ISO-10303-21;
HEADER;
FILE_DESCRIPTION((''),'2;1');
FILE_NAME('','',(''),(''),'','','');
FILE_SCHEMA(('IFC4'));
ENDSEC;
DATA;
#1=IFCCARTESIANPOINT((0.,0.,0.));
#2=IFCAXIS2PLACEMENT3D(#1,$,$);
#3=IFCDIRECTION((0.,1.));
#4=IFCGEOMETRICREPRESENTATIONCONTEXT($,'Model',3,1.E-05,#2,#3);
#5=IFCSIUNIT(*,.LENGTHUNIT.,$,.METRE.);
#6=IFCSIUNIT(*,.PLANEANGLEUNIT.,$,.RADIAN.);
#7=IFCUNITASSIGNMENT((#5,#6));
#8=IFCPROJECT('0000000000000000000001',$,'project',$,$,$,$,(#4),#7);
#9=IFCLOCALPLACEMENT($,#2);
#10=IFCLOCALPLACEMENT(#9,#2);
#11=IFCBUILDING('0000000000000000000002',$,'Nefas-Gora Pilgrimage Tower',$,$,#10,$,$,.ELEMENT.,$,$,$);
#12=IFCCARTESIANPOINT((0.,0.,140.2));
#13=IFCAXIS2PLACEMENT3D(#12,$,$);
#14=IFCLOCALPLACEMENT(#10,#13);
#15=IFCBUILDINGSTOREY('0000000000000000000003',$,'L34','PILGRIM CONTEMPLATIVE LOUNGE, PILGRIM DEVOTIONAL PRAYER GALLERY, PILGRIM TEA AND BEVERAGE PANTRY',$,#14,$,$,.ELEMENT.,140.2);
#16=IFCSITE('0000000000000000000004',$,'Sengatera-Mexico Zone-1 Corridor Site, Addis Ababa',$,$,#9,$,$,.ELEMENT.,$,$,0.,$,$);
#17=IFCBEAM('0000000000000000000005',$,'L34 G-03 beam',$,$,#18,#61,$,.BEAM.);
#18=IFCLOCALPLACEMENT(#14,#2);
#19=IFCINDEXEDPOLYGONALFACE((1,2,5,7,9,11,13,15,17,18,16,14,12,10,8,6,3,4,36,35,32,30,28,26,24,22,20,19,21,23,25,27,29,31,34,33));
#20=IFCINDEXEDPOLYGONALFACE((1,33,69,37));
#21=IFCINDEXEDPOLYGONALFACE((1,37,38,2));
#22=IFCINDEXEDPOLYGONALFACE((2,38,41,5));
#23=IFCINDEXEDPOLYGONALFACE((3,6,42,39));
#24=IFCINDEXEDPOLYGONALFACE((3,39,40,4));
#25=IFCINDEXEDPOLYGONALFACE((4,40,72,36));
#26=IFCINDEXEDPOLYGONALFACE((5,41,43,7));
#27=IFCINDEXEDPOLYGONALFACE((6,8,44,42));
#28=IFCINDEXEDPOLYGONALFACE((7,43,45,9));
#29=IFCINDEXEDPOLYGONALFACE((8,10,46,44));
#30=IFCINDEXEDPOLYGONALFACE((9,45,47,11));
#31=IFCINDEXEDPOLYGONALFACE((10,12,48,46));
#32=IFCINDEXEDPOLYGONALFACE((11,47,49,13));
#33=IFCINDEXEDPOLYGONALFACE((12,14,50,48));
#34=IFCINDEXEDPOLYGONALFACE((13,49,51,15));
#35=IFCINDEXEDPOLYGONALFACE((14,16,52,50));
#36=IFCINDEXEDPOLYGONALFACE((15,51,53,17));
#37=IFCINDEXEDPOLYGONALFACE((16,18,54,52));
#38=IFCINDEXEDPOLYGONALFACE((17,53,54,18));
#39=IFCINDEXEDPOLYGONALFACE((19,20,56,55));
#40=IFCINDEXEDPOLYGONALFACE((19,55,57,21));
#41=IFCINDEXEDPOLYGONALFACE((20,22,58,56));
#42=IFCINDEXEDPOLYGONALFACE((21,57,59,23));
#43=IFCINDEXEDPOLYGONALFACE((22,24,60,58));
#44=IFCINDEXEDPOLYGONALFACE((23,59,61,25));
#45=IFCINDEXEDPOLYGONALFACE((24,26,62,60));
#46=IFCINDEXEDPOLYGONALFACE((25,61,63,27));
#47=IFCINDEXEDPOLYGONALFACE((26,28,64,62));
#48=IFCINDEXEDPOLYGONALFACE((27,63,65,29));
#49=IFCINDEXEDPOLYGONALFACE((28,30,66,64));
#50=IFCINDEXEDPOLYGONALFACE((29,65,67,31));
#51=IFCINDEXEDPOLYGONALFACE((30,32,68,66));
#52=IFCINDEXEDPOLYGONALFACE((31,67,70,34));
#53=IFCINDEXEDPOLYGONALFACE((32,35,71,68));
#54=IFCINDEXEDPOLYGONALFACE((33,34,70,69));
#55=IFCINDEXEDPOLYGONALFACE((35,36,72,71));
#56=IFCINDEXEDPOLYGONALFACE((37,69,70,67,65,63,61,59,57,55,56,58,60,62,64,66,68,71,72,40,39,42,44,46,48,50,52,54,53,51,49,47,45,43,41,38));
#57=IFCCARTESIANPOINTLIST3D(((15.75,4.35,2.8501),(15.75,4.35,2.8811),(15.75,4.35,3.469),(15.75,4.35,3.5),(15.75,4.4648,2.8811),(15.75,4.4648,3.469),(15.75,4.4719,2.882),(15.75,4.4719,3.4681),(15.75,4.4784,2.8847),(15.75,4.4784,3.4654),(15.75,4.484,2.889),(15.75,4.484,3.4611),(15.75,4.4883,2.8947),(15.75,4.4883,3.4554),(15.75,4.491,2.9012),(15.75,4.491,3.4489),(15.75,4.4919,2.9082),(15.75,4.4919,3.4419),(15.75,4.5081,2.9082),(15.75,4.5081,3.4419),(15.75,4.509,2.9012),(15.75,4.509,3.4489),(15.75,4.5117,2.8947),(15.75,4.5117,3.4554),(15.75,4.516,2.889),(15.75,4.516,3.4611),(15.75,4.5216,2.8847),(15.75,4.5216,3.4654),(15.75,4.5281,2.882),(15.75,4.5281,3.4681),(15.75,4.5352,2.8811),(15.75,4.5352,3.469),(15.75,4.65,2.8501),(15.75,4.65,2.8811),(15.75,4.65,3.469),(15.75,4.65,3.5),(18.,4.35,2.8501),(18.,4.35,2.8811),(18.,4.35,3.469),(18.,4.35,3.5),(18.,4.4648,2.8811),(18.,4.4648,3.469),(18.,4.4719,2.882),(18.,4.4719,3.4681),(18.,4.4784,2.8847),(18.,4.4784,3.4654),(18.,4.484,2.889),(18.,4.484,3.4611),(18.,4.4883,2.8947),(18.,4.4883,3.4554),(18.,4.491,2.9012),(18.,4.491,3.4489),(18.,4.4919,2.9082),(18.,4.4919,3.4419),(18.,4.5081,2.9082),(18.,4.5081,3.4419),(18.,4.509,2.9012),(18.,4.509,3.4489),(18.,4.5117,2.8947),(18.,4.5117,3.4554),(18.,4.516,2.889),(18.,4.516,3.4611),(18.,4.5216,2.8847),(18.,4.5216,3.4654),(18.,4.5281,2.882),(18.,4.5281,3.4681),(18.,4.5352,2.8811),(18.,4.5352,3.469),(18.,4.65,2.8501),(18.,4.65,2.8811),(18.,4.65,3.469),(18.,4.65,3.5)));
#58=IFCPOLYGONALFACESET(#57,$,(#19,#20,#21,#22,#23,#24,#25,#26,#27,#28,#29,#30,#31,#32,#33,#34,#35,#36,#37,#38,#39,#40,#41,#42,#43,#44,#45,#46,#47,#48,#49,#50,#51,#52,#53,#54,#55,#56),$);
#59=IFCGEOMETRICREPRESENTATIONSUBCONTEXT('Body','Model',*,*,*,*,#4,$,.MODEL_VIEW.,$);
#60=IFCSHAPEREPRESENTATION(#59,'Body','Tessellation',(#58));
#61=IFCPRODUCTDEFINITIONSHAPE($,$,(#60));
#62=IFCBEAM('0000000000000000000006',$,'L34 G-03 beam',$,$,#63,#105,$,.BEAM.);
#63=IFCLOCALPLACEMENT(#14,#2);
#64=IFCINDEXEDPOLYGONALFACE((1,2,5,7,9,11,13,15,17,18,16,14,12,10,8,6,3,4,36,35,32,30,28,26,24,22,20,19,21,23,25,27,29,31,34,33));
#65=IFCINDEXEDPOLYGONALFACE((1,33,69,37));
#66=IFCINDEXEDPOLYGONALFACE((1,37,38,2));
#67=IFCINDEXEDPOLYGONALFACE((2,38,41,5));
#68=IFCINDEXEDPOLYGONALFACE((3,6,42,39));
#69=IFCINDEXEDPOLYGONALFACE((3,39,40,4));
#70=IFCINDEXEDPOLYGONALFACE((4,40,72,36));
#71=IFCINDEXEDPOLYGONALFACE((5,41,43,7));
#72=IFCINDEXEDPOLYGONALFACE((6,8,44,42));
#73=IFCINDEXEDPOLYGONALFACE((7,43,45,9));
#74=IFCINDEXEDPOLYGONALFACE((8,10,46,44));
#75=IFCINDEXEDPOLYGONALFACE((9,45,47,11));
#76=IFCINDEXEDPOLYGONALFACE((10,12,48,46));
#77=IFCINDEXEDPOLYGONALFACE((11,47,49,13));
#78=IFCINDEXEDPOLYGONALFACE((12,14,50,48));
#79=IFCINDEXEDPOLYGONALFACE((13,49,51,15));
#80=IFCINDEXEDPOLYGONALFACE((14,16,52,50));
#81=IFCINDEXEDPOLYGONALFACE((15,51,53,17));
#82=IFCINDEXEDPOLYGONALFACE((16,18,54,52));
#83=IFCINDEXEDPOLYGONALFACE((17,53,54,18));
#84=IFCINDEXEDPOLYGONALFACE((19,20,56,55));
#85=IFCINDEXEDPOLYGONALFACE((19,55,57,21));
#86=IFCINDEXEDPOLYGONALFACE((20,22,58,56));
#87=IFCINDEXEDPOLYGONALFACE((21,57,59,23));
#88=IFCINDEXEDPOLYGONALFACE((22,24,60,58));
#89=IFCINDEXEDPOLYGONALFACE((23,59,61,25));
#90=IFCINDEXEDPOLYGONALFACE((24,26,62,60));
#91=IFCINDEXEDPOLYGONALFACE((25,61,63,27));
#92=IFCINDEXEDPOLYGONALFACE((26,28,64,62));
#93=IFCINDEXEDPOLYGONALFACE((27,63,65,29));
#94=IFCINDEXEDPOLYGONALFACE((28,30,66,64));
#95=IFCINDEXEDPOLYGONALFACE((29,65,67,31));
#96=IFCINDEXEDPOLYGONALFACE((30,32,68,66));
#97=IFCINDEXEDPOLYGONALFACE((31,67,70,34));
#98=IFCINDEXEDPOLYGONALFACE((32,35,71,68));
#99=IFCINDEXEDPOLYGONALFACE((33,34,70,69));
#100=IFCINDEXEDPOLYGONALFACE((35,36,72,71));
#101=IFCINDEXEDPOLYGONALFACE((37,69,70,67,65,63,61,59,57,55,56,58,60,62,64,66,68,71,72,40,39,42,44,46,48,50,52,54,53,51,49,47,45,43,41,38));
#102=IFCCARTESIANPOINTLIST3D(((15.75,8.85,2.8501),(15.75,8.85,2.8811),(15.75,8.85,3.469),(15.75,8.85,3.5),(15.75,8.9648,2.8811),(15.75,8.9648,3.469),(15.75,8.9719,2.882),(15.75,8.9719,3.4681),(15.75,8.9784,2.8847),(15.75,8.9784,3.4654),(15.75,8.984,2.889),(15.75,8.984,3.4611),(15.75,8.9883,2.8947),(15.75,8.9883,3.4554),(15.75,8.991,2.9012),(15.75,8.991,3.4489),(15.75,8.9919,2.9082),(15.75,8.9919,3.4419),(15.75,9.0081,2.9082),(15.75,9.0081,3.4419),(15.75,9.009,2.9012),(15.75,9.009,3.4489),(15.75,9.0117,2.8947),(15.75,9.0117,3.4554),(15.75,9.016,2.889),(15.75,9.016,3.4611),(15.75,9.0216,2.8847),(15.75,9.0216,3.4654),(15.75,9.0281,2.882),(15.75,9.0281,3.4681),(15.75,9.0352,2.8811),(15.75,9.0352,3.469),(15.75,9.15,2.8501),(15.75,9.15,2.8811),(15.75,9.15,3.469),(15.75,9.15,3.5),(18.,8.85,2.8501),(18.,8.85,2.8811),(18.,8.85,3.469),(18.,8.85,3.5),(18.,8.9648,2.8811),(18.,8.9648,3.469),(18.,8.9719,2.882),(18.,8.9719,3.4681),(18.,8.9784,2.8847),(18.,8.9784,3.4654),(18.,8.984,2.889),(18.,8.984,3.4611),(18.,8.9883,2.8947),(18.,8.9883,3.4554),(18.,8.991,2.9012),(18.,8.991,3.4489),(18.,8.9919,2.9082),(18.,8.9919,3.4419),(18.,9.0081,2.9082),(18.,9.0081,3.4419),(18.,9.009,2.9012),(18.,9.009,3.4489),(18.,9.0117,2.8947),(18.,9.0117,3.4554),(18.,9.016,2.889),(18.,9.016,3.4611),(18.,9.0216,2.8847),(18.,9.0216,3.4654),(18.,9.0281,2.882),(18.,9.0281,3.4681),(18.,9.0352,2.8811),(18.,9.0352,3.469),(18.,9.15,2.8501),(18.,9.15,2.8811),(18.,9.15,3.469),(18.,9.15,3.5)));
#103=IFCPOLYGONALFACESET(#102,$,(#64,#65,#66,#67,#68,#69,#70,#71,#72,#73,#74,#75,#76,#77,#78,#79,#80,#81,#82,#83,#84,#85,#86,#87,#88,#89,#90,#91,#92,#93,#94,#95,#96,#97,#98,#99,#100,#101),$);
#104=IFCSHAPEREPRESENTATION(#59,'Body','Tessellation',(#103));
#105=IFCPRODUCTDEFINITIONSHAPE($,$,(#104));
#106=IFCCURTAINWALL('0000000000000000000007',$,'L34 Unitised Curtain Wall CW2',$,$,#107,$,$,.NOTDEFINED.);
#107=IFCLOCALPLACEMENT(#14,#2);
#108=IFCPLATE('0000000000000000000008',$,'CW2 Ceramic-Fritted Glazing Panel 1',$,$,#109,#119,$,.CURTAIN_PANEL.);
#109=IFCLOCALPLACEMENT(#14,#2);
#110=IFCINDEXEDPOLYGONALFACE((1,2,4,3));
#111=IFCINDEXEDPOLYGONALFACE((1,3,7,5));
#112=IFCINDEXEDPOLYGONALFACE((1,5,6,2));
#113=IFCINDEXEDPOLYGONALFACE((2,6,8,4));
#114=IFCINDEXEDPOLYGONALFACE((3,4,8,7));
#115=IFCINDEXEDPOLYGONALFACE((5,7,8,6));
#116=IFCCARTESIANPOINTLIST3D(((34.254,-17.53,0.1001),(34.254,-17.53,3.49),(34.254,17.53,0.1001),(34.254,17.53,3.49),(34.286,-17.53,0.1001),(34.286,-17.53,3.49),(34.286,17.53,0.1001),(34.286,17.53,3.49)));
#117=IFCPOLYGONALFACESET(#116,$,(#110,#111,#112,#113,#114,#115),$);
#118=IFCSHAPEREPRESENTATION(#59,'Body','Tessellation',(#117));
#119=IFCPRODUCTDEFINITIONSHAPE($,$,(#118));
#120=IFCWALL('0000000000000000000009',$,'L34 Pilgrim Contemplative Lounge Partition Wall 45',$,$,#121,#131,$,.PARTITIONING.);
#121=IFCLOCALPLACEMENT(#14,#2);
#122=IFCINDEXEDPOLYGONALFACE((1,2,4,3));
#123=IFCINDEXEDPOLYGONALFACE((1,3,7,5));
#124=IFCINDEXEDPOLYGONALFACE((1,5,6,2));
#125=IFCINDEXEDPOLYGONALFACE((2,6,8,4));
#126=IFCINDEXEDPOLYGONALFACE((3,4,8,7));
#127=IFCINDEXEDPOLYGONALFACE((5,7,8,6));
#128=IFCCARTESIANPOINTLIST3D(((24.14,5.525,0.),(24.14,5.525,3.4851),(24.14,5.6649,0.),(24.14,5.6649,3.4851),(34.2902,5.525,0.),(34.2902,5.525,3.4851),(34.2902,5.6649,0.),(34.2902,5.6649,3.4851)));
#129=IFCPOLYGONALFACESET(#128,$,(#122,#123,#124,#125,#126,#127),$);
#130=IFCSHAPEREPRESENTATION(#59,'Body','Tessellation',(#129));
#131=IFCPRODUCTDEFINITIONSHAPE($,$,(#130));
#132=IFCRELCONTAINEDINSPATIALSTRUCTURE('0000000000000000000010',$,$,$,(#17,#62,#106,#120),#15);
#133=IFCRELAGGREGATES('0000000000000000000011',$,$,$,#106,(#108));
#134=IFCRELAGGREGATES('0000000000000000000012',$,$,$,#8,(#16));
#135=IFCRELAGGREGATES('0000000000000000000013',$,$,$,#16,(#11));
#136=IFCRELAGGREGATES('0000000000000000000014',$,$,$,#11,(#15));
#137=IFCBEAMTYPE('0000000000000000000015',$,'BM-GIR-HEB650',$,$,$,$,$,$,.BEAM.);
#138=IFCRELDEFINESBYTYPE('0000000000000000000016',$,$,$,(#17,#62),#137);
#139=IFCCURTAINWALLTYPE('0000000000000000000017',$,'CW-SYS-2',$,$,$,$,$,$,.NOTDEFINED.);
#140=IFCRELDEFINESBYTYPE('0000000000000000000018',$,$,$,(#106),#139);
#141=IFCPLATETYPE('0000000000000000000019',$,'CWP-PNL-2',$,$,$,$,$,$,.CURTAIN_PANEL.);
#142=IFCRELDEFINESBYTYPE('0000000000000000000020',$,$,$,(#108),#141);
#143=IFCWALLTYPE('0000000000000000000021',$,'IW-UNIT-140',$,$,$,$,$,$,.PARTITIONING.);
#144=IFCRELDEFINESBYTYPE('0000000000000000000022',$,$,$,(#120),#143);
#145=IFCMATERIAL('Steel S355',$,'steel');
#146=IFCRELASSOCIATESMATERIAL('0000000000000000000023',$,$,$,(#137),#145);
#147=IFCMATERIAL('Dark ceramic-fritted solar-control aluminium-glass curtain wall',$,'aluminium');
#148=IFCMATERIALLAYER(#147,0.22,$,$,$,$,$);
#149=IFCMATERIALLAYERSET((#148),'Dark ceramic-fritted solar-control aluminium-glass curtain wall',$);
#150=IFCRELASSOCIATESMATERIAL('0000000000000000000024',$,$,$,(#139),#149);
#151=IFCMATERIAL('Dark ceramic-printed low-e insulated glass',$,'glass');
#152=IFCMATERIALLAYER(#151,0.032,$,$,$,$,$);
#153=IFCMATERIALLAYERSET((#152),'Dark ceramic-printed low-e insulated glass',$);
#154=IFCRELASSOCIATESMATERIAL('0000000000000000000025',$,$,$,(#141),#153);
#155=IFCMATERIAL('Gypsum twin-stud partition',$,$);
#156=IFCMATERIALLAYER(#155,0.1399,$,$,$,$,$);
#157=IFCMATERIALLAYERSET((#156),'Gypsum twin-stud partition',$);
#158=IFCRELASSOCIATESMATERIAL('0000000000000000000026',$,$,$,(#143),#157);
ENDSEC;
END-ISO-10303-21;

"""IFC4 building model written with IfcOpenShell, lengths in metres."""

from ifc_helpers import new_model, si_unit, direction, frame, frame_2d, origin, origin_2d, place, context, subcontext, project, spatial, rectangle, i_section, extrude, source, transform, mapped, material, layer, layer_set, material_profile, profile_set, type_object, element, aggregate, save


model = new_model("IFC4")

# Units and contexts
model_context = context("Model", 3, precision=1e-05, world=origin(), true_north=direction((0.0, 1.0)))
body_context = subcontext(model_context, "Body", "Model", "MODEL_VIEW")
ifc_project = project(units=[si_unit("LENGTHUNIT", "METRE"), si_unit("PLANEANGLEUNIT", "RADIAN")], contexts=[model_context])

# Site, building, storey
site_placement = place(None, origin())
site = spatial("IfcSite", under=ifc_project, at=site_placement, Name="Sengatera-Mexico Zone-1 Corridor Site, Addis Ababa", CompositionType="ELEMENT", RefElevation=0.0)
building_placement = place(site_placement, origin())
building = spatial("IfcBuilding", under=site, at=building_placement, Name="Nefas-Gora Pilgrimage Tower", CompositionType="ELEMENT")
storey_placement = place(building_placement, frame((0.0, 0.0, 140.2)))
storey = spatial("IfcBuildingStorey", under=building, at=storey_placement, Name="L34", Description="PILGRIM CONTEMPLATIVE LOUNGE, PILGRIM DEVOTIONAL PRAYER GALLERY, PILGRIM TEA AND BEVERAGE PANTRY", CompositionType="ELEMENT", Elevation=140.2)

# Beams
ifc_material_1 = material(Name="Steel S355", Category="steel")
ifc_material_profile_1 = material_profile(ifc_material_1, i_section(OverallWidth=0.3, OverallDepth=0.6499, WebThickness=0.0161, FlangeThickness=0.031, FilletRadius=0.0271, at=origin_2d()), Name="HEB 650")
ifc_profile_set_1 = profile_set([ifc_material_profile_1], Name="Steel S355")
beam_type_1 = type_object("IfcBeamType", Name="BM-GIR-HEB650", PredefinedType="BEAM", material=ifc_profile_set_1)
shared_shape_1 = source(origin(), body_context, "Body", "SweptSolid", [
    extrude(i_section(OverallWidth=0.3, OverallDepth=0.6499, WebThickness=0.0161, FlangeThickness=0.031, FilletRadius=0.0271, at=origin_2d()), origin(), (0.0, 0.0, 1.0), 2.25),
])
for number, where, z_axis, x_axis, name in (
    (1, (15.75, 4.5, 3.175), (1.0, 0.0, 0.0), (0.0, 1.0, 0.0), "L34 G-03 beam"),
    (2, (15.75, 9.0, 3.175), (1.0, 0.0, 0.0), (0.0, 1.0, 0.0), "L34 G-03 beam"),
):
    element("IfcBeam", number, at=place(storey_placement, frame(where, z_axis=z_axis, x_axis=x_axis)), inside=storey, type_object=beam_type_1, Name=name, PredefinedType="BEAM", context=body_context, shape_type="MappedRepresentation", body=[
        mapped(shared_shape_1, transform((0.0, 0.0, 0.0), x_axis=(1.0, 0.0, 0.0), y_axis=(0.0, 1.0, 0.0), z_axis=(0.0, 0.0, 1.0), scale=1.0)),
    ])

# Curtain wall, plate
ifc_material_2 = material(Name="Dark ceramic-fritted solar-control aluminium-glass curtain wall", Category="aluminium")
ifc_layer_1 = layer(ifc_material_2, 0.22)
ifc_layer_set_1 = layer_set([ifc_layer_1], Name="Dark ceramic-fritted solar-control aluminium-glass curtain wall")
curtain_wall_type = type_object("IfcCurtainWallType", Name="CW-SYS-2", PredefinedType="NOTDEFINED", material=ifc_layer_set_1)
curtain_wall_placement = place(storey_placement, origin())
curtain_wall = element("IfcCurtainWall", 3, at=curtain_wall_placement, inside=storey, type_object=curtain_wall_type, Name="L34 Unitised Curtain Wall CW2", PredefinedType="NOTDEFINED")
ifc_material_3 = material(Name="Dark ceramic-printed low-e insulated glass", Category="glass")
ifc_layer_2 = layer(ifc_material_3, 0.032)
ifc_layer_set_2 = layer_set([ifc_layer_2], Name="Dark ceramic-printed low-e insulated glass")
plate_type = type_object("IfcPlateType", Name="CWP-PNL-2", PredefinedType="CURTAIN_PANEL", material=ifc_layer_set_2)
shared_shape_2 = source(origin(), body_context, "Body", "SweptSolid", [
    extrude(rectangle(XDim=35.0601, YDim=0.032, at=origin_2d()), origin(), (0.0, 0.0, 1.0), 3.3899),
])
plate_placement = place(storey_placement, frame((34.27, 0.0, 0.1001), z_axis=(0.0, 0.0, 1.0), x_axis=(0.0, 1.0, 0.0)))
plate = element("IfcPlate", 4, at=plate_placement, type_object=plate_type, Name="CW2 Ceramic-Fritted Glazing Panel 1", PredefinedType="CURTAIN_PANEL", context=body_context, shape_type="MappedRepresentation", body=[
    mapped(shared_shape_2, transform((0.0, 0.0, 0.0), x_axis=(1.0, 0.0, 0.0), y_axis=(0.0, 1.0, 0.0), z_axis=(0.0, 0.0, 1.0), scale=1.0)),
])
aggregate(curtain_wall, [plate])

# Wall
ifc_material_4 = material(Name="Gypsum twin-stud partition")
ifc_layer_3 = layer(ifc_material_4, 0.1399)
ifc_layer_set_3 = layer_set([ifc_layer_3], Name="Gypsum twin-stud partition")
wall_type = type_object("IfcWallType", Name="IW-UNIT-140", PredefinedType="PARTITIONING", material=ifc_layer_set_3)
shared_shape_3 = source(origin(), body_context, "Body", "SweptSolid", [
    extrude(rectangle(XDim=10.1501, YDim=0.1399, at=frame_2d((5.0752, 0.0))), origin(), (0.0, 0.0, 1.0), 3.4851),
])
wall_placement = place(storey_placement, frame((24.1399, 5.595, 0.0), z_axis=(0.0, 0.0, 1.0), x_axis=(1.0, 0.0, 0.0)))
element("IfcWall", 5, at=wall_placement, inside=storey, type_object=wall_type, Name="L34 Pilgrim Contemplative Lounge Partition Wall 45", PredefinedType="PARTITIONING", context=body_context, shape_type="MappedRepresentation", body=[
    mapped(shared_shape_3, transform((0.0, 0.0, 0.0), x_axis=(1.0, 0.0, 0.0), y_axis=(0.0, 1.0, 0.0), z_axis=(0.0, 0.0, 1.0), scale=1.0)),
])

save(model, "model.ifc")
